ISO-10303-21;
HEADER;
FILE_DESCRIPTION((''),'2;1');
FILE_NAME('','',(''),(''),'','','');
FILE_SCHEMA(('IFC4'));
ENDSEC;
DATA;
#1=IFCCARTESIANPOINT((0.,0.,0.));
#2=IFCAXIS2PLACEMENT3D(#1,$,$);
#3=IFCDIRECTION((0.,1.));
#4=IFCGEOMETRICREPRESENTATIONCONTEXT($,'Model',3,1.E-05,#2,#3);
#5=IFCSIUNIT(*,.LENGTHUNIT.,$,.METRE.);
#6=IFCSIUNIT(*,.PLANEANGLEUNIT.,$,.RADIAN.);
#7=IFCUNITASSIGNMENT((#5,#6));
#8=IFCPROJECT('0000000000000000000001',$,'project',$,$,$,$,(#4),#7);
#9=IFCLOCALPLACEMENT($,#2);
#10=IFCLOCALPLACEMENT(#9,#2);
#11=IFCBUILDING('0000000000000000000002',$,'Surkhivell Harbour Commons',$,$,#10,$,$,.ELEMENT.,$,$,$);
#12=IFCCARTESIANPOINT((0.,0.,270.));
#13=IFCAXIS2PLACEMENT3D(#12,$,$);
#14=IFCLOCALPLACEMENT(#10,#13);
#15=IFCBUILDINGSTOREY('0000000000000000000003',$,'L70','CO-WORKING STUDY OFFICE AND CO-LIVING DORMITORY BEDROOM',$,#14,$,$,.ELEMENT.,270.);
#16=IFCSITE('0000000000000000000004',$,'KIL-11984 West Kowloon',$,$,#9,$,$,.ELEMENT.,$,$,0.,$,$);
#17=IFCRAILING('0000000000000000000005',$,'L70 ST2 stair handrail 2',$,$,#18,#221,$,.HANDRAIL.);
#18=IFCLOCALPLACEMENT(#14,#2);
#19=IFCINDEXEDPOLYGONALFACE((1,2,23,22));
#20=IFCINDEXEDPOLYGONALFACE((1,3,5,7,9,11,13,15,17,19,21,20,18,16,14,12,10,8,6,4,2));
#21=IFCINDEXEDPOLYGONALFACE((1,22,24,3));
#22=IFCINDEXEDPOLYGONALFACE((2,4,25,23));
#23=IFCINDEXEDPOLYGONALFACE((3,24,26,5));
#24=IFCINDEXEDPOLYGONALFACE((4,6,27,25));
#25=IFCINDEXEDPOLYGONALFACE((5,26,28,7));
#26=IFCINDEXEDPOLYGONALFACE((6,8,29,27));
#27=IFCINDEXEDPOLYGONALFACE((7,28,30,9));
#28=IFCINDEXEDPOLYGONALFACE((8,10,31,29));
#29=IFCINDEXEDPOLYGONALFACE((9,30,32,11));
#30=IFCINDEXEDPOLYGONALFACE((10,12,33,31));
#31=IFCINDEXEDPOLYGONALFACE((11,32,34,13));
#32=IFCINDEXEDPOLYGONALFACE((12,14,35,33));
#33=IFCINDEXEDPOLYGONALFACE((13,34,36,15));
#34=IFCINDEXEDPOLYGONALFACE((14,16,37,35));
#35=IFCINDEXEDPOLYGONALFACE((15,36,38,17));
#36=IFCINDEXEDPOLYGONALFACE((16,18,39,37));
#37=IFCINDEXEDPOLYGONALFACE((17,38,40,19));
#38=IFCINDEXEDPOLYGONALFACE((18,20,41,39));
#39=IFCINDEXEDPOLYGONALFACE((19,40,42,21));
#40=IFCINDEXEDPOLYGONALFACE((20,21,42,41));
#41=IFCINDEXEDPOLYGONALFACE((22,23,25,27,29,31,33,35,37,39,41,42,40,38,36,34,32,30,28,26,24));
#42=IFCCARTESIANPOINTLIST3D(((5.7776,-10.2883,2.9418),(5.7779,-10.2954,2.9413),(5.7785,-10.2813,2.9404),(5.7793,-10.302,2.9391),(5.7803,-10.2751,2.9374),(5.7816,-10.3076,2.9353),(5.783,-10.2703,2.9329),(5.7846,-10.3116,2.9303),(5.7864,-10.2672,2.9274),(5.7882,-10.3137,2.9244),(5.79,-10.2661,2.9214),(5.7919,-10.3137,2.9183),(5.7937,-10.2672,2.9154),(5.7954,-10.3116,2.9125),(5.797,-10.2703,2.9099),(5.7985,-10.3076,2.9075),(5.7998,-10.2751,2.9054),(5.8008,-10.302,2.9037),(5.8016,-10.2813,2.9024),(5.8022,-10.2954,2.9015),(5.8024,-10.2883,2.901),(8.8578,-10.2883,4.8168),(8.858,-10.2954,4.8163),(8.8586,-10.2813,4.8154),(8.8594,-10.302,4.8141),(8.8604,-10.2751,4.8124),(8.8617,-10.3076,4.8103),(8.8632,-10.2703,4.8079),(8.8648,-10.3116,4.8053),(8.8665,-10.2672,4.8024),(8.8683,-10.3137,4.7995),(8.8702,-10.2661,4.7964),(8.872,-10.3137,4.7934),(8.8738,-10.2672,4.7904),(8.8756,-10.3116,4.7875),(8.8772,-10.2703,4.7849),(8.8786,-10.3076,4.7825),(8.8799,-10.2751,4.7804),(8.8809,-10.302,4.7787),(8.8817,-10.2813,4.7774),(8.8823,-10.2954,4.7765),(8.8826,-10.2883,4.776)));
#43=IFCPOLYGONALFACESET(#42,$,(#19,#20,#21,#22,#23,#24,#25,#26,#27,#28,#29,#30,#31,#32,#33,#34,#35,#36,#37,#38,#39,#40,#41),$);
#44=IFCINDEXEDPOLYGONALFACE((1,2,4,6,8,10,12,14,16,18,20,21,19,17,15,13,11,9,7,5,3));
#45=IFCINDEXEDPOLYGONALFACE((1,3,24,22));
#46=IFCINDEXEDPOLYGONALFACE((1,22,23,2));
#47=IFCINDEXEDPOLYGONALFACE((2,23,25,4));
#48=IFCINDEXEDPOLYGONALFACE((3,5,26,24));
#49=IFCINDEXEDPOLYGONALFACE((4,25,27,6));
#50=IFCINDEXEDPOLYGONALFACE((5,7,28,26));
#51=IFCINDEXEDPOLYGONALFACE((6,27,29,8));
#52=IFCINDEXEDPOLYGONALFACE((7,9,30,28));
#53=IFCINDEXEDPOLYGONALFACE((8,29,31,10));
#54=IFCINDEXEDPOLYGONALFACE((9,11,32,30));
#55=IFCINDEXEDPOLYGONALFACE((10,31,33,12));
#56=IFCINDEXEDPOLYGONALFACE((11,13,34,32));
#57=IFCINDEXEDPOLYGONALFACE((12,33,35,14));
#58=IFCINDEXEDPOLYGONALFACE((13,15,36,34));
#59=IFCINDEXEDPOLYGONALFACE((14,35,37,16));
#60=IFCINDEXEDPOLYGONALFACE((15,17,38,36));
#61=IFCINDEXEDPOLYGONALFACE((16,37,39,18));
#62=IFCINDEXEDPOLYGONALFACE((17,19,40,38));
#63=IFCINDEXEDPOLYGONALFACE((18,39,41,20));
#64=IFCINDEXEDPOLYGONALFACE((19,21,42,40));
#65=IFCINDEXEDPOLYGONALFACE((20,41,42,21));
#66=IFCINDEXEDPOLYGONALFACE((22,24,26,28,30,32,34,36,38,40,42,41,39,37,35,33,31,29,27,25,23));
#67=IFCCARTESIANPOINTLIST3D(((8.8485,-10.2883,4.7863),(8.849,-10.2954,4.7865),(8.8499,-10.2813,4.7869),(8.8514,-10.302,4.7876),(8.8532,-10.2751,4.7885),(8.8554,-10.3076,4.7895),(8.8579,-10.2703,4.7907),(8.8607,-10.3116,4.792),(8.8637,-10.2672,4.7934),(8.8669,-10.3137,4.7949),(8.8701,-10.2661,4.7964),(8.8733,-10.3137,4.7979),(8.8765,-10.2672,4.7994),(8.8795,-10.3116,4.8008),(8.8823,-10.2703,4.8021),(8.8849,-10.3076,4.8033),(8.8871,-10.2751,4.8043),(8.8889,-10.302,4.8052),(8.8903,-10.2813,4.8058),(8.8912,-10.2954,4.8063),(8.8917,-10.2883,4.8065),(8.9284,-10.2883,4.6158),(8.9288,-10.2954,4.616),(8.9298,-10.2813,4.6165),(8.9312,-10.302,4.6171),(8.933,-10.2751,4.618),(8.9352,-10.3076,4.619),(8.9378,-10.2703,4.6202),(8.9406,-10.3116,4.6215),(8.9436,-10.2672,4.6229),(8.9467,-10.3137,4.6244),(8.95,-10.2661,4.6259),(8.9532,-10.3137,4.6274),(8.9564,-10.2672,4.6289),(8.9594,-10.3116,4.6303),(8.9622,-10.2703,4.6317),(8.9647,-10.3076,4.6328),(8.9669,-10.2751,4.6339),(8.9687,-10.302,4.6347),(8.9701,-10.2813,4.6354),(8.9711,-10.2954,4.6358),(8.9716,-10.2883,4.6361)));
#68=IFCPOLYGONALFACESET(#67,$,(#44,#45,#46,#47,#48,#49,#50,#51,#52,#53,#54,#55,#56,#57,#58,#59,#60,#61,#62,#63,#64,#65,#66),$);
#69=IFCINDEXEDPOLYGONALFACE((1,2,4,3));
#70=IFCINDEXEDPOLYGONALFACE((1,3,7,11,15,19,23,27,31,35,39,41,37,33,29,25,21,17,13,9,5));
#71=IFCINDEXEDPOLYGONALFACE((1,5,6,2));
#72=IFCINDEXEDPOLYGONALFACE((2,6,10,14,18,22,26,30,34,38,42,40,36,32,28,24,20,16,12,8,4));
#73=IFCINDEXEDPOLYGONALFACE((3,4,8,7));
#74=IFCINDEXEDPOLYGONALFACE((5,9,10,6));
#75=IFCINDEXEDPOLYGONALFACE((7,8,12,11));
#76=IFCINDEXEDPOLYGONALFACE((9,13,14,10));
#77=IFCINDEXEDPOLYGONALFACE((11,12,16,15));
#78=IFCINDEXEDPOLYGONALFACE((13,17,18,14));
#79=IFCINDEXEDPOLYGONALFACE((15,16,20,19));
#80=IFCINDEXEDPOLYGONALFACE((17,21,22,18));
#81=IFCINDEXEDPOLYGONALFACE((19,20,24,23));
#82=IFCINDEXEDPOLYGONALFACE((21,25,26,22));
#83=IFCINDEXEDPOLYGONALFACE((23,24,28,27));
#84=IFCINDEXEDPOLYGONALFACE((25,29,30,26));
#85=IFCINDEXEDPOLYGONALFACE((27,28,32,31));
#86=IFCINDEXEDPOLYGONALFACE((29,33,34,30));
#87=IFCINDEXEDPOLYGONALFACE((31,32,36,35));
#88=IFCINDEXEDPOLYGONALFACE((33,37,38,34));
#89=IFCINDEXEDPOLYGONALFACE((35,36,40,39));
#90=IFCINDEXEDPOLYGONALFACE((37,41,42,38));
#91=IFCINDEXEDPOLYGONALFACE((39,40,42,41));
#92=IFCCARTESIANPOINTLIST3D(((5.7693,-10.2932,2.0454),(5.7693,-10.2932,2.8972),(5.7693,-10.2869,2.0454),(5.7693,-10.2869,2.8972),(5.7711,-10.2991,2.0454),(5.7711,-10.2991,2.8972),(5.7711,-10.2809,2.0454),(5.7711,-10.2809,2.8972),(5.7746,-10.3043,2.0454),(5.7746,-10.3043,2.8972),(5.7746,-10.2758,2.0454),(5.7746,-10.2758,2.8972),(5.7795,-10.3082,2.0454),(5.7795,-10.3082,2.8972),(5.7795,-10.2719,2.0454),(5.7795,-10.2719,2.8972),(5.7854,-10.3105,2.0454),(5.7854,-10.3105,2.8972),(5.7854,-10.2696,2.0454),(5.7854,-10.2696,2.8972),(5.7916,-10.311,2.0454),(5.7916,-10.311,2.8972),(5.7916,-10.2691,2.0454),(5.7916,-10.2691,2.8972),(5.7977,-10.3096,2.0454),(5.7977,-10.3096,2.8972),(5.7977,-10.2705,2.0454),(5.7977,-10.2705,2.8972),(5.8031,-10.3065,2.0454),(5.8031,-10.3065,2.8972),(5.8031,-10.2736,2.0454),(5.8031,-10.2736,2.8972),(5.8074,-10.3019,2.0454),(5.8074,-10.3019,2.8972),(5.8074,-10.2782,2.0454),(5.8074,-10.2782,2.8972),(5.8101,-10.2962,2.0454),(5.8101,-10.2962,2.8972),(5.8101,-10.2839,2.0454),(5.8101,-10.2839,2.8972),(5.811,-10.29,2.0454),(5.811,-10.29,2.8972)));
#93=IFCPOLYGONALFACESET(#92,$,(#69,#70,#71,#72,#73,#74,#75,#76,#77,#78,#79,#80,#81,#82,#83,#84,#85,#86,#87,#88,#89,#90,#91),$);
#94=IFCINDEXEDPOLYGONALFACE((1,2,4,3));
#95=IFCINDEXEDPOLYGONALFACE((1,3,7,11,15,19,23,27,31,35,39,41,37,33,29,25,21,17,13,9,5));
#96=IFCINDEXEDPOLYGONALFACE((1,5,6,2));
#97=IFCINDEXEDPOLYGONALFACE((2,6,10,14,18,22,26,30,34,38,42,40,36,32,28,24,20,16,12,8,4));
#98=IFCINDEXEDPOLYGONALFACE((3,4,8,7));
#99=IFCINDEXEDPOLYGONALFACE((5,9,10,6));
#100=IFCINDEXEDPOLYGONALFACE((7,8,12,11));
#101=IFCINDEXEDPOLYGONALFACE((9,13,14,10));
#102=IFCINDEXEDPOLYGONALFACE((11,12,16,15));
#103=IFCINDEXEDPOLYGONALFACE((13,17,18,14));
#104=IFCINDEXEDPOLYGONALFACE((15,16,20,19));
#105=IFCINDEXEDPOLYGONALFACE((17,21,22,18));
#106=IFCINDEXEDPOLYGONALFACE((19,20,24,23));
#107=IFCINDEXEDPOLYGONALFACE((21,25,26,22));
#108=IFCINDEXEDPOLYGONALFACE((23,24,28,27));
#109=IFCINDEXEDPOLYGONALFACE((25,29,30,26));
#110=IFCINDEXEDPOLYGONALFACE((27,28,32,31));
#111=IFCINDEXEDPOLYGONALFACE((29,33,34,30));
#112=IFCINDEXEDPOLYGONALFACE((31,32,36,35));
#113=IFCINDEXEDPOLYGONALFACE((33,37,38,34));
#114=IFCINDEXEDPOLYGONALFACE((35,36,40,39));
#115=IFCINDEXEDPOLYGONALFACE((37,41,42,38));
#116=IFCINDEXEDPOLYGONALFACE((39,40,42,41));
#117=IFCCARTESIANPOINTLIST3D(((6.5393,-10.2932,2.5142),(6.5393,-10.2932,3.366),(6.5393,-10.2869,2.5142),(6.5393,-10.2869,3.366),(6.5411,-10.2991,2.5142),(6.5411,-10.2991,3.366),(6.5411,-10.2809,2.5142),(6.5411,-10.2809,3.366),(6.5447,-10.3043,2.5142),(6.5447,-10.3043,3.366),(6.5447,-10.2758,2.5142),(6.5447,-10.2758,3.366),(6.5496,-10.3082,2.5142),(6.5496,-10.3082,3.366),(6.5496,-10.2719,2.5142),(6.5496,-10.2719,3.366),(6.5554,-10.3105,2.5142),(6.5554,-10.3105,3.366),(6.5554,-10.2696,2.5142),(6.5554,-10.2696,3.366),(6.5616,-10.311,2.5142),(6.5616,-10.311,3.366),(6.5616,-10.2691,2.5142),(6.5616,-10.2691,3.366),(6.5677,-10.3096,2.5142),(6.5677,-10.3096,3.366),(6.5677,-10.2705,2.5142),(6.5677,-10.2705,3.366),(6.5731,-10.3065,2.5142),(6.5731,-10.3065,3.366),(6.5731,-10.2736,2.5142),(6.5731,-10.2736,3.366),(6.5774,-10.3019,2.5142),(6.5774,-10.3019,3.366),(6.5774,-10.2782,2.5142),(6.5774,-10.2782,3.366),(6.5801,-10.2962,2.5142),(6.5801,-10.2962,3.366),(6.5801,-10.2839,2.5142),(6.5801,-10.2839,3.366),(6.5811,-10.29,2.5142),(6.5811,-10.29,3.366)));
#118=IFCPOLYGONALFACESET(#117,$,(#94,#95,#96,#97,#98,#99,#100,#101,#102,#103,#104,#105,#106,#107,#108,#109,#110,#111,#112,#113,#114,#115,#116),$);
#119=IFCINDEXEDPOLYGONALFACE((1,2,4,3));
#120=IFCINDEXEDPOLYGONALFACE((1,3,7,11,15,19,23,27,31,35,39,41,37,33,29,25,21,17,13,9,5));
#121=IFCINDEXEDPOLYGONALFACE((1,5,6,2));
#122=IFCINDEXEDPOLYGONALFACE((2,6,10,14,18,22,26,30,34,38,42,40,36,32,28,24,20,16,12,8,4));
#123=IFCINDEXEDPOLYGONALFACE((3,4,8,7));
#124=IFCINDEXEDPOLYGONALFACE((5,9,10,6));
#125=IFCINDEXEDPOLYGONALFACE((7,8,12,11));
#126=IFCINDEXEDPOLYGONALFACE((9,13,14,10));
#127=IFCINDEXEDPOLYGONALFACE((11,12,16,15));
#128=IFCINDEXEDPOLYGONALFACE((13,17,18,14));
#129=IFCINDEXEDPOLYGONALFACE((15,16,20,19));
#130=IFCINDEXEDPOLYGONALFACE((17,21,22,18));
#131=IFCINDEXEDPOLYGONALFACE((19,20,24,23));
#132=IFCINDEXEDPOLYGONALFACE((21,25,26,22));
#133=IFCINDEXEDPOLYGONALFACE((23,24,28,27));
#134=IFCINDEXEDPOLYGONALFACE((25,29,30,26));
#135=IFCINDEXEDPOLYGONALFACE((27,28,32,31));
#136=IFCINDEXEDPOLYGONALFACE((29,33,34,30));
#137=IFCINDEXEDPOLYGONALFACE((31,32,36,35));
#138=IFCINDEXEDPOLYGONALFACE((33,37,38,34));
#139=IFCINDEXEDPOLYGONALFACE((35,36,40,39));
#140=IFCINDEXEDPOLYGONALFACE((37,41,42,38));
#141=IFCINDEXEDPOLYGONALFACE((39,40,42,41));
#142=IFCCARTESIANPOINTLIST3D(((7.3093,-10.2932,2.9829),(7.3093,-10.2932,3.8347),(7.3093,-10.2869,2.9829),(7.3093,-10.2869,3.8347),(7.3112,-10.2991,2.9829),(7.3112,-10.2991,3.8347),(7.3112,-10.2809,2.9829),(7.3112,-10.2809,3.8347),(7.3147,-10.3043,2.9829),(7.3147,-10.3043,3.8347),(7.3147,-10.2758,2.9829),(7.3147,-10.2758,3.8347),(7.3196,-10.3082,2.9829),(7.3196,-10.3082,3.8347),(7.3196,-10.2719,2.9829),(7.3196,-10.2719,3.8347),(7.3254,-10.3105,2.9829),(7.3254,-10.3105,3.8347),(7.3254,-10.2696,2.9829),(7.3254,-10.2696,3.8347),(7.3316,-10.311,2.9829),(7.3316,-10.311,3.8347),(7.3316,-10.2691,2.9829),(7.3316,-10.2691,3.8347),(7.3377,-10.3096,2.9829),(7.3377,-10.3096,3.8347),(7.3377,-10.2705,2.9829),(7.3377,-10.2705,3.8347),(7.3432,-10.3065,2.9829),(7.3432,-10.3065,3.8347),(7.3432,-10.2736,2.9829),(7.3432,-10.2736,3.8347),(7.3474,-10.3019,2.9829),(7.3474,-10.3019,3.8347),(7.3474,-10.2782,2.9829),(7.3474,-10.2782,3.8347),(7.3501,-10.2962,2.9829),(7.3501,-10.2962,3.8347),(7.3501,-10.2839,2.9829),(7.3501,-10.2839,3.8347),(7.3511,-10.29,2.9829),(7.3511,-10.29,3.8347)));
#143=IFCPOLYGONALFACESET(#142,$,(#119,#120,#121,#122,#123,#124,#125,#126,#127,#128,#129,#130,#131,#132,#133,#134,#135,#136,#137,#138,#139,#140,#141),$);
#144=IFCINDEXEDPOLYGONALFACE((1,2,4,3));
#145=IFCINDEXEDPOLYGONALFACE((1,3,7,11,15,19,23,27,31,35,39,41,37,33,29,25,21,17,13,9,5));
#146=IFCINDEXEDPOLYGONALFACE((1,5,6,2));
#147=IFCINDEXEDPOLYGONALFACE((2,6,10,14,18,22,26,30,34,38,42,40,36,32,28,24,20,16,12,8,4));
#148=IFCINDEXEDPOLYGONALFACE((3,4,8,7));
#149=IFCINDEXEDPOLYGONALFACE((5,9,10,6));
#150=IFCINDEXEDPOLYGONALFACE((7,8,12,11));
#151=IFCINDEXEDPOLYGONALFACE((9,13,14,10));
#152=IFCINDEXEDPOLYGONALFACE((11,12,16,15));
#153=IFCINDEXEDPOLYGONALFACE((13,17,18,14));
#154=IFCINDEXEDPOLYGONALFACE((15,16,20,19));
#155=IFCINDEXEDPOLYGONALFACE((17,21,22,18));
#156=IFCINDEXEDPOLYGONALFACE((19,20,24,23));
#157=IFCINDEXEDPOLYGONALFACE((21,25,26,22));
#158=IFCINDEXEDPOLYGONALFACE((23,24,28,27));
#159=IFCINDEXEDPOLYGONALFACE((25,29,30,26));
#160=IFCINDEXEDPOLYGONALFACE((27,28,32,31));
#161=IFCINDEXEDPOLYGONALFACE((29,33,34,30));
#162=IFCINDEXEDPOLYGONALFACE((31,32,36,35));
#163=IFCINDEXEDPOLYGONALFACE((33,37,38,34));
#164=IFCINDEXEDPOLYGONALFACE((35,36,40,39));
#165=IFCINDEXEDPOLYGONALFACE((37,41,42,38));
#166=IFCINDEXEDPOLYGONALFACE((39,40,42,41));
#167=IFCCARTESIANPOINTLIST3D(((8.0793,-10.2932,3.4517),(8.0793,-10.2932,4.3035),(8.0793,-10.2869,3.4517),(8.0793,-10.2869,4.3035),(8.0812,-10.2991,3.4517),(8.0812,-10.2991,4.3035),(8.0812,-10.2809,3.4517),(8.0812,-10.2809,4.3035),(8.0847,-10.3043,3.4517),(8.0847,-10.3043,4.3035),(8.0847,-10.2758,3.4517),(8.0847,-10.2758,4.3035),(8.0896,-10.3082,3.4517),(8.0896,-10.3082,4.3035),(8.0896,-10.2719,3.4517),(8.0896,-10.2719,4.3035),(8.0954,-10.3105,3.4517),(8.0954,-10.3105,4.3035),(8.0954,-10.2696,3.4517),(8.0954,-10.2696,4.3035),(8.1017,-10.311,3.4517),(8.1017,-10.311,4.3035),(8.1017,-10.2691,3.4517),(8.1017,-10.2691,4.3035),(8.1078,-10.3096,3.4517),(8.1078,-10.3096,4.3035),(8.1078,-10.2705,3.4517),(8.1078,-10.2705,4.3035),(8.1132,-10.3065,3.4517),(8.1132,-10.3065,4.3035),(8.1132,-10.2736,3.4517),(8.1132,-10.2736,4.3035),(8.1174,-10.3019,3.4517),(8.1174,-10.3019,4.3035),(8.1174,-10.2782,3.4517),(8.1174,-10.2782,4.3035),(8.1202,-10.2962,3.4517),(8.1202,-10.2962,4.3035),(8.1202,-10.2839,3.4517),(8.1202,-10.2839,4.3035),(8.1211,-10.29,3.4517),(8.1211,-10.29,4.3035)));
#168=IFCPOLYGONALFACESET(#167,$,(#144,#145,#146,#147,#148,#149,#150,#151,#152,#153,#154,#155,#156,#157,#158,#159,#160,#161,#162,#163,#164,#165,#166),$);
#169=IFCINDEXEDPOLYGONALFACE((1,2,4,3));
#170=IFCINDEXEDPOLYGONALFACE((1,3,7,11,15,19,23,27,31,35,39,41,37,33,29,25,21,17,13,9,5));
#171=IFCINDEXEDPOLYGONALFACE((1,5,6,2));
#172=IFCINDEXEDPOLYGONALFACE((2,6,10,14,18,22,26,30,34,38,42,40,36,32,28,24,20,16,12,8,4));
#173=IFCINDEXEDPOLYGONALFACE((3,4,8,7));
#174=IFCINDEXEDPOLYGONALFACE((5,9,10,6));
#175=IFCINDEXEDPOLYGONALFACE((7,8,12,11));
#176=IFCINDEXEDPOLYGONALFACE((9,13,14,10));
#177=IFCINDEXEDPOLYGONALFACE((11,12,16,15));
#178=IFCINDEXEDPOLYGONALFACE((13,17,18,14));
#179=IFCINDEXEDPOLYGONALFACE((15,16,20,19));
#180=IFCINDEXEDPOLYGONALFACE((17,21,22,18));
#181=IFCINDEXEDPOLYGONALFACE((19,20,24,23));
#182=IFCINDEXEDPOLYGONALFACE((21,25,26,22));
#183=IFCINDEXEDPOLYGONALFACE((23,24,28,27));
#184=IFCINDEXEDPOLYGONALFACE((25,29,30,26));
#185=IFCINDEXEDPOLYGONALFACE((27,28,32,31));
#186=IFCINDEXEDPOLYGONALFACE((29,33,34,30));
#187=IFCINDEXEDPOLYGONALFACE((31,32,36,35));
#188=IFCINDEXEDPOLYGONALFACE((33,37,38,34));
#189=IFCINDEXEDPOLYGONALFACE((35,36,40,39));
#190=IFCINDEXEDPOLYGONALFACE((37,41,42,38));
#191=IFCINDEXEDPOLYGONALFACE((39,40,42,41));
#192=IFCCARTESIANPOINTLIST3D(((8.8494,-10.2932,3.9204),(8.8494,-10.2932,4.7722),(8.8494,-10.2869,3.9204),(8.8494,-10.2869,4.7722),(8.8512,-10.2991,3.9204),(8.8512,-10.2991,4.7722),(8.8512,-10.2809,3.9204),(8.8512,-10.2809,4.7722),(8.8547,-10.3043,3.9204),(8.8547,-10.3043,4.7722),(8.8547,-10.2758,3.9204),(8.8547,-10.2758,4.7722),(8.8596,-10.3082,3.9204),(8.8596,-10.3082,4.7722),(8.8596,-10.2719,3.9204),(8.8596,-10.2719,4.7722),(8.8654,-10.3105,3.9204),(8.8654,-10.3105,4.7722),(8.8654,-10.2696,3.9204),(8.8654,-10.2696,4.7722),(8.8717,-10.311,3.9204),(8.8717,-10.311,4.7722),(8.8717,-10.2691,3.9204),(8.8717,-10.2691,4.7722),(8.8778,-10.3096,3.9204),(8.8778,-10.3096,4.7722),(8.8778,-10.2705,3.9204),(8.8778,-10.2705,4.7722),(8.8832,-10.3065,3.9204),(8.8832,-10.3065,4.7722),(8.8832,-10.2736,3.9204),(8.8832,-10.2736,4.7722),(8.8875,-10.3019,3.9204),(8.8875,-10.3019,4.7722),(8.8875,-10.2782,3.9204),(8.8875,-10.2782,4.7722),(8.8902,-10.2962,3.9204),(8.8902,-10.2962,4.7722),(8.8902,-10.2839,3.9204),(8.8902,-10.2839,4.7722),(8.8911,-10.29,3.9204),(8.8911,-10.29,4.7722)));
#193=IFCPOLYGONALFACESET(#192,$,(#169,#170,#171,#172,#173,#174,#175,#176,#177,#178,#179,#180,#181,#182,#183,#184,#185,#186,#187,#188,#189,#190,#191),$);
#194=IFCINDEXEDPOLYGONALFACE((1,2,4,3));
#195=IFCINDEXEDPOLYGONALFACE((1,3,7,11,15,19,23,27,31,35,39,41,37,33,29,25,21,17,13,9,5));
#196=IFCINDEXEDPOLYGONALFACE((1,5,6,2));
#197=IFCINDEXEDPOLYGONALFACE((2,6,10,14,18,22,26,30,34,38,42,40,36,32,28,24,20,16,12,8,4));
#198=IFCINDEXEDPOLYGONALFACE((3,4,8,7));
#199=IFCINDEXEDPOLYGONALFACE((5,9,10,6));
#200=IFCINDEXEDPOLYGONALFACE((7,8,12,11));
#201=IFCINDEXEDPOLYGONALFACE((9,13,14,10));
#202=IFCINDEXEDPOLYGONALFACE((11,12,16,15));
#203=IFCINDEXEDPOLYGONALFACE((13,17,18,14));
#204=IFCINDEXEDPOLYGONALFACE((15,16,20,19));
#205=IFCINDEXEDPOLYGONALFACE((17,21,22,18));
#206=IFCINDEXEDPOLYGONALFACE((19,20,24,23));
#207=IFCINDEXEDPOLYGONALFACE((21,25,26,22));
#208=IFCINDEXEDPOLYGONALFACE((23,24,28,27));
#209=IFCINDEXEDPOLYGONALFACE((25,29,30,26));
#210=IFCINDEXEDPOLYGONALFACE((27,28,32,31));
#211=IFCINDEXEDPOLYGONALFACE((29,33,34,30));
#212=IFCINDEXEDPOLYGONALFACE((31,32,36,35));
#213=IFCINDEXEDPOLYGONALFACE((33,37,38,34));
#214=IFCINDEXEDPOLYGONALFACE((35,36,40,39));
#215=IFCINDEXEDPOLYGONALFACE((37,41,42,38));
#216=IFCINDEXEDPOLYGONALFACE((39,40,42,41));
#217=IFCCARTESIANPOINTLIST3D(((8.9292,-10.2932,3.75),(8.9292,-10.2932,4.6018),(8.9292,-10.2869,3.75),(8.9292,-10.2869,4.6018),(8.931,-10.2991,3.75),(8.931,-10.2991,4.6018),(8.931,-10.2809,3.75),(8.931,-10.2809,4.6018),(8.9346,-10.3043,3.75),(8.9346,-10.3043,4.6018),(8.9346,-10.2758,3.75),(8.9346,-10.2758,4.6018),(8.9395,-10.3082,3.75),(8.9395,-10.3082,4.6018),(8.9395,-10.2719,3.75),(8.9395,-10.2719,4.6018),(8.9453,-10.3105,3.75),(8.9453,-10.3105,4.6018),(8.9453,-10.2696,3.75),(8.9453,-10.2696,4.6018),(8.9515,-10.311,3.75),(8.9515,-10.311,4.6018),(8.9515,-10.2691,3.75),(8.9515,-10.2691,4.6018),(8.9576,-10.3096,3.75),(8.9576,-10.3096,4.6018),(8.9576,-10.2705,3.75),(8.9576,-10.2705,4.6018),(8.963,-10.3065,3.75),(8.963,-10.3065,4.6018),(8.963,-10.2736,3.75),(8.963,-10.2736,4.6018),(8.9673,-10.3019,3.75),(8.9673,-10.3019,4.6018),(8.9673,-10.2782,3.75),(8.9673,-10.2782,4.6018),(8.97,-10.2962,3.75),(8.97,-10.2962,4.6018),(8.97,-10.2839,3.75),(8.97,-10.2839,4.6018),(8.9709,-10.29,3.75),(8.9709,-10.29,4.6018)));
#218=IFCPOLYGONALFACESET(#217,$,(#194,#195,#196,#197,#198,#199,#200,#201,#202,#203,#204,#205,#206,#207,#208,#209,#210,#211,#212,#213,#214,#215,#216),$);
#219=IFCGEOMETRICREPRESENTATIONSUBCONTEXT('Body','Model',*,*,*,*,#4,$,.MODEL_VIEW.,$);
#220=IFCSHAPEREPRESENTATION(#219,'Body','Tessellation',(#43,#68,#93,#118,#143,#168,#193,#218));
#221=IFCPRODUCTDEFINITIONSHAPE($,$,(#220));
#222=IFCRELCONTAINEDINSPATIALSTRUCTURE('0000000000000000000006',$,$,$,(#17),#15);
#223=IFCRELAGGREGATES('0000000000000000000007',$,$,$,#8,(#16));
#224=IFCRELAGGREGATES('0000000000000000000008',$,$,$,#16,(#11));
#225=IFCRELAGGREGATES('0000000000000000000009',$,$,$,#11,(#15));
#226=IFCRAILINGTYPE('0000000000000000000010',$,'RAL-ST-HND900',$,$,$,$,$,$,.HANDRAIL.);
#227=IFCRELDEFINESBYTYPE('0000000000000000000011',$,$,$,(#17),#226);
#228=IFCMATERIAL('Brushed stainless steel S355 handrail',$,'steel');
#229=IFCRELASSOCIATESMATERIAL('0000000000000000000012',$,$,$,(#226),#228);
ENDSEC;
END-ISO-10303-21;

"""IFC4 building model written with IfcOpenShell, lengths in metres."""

from ifc_helpers import new_model, si_unit, direction, frame, origin, origin_2d, place, context, subcontext, project, spatial, circle, extrude, material, type_object, element, save


model = new_model("IFC4")

# Units and contexts
model_context = context("Model", 3, precision=1e-05, world=origin(), true_north=direction((0.0, 1.0)))
body_context = subcontext(model_context, "Body", "Model", "MODEL_VIEW")
ifc_project = project(units=[si_unit("LENGTHUNIT", "METRE"), si_unit("PLANEANGLEUNIT", "RADIAN")], contexts=[model_context])

# Site, building, storey
site_placement = place(None, origin())
site = spatial("IfcSite", under=ifc_project, at=site_placement, Name="KIL-11984 West Kowloon", CompositionType="ELEMENT", RefElevation=0.0)
building_placement = place(site_placement, origin())
building = spatial("IfcBuilding", under=site, at=building_placement, Name="Surkhivell Harbour Commons", CompositionType="ELEMENT")
storey_placement = place(building_placement, frame((0.0, 0.0, 270.0)))
storey = spatial("IfcBuildingStorey", under=building, at=storey_placement, Name="L70", Description="CO-WORKING STUDY OFFICE AND CO-LIVING DORMITORY BEDROOM", CompositionType="ELEMENT", Elevation=270.0)

# Railing
ifc_material_1 = material(Name="Brushed stainless steel S355 handrail", Category="steel")
railing_type_1 = type_object("IfcRailingType", Name="RAL-ST-HND900", PredefinedType="HANDRAIL", material=ifc_material_1)
railing_1_placement = place(storey_placement, frame((5.79, -10.29, 2.0454)))
element("IfcRailing", 1, at=railing_1_placement, inside=storey, type_object=railing_type_1, Name="L70 ST2 stair handrail 2", PredefinedType="HANDRAIL", context=body_context, shape_type="SweptSolid", body=[
    extrude(circle(Radius=0.0239, at=origin_2d()), frame((0.0, 0.0, 0.876), z_axis=(0.854178, 0.0, 0.519981), x_axis=(0.0, 1.0, 0.0)), (0.0, 0.0, 1.0), 3.606),
    extrude(circle(Radius=0.0239, at=origin_2d()), frame((3.0801, 0.0, 2.751), z_axis=(0.424234, 0.0, -0.905552), x_axis=(0.0, 1.0, 0.0)), (0.0, 0.0, 1.0), 0.1882),
    extrude(circle(Radius=0.021, at=origin_2d()), origin(), (0.0, 0.0, 1.0), 0.8518),
    extrude(circle(Radius=0.021, at=origin_2d()), frame((0.77, 0.0, 0.4688)), (0.0, 0.0, 1.0), 0.8518),
    extrude(circle(Radius=0.021, at=origin_2d()), frame((1.54, 0.0, 0.9375)), (0.0, 0.0, 1.0), 0.8518),
    extrude(circle(Radius=0.021, at=origin_2d()), frame((2.3101, 0.0, 1.4062)), (0.0, 0.0, 1.0), 0.8518),
    extrude(circle(Radius=0.021, at=origin_2d()), frame((3.0801, 0.0, 1.875)), (0.0, 0.0, 1.0), 0.8518),
    extrude(circle(Radius=0.021, at=origin_2d()), frame((3.1599, 0.0, 1.7046)), (0.0, 0.0, 1.0), 0.8518),
])

save(model, "model.ifc")
